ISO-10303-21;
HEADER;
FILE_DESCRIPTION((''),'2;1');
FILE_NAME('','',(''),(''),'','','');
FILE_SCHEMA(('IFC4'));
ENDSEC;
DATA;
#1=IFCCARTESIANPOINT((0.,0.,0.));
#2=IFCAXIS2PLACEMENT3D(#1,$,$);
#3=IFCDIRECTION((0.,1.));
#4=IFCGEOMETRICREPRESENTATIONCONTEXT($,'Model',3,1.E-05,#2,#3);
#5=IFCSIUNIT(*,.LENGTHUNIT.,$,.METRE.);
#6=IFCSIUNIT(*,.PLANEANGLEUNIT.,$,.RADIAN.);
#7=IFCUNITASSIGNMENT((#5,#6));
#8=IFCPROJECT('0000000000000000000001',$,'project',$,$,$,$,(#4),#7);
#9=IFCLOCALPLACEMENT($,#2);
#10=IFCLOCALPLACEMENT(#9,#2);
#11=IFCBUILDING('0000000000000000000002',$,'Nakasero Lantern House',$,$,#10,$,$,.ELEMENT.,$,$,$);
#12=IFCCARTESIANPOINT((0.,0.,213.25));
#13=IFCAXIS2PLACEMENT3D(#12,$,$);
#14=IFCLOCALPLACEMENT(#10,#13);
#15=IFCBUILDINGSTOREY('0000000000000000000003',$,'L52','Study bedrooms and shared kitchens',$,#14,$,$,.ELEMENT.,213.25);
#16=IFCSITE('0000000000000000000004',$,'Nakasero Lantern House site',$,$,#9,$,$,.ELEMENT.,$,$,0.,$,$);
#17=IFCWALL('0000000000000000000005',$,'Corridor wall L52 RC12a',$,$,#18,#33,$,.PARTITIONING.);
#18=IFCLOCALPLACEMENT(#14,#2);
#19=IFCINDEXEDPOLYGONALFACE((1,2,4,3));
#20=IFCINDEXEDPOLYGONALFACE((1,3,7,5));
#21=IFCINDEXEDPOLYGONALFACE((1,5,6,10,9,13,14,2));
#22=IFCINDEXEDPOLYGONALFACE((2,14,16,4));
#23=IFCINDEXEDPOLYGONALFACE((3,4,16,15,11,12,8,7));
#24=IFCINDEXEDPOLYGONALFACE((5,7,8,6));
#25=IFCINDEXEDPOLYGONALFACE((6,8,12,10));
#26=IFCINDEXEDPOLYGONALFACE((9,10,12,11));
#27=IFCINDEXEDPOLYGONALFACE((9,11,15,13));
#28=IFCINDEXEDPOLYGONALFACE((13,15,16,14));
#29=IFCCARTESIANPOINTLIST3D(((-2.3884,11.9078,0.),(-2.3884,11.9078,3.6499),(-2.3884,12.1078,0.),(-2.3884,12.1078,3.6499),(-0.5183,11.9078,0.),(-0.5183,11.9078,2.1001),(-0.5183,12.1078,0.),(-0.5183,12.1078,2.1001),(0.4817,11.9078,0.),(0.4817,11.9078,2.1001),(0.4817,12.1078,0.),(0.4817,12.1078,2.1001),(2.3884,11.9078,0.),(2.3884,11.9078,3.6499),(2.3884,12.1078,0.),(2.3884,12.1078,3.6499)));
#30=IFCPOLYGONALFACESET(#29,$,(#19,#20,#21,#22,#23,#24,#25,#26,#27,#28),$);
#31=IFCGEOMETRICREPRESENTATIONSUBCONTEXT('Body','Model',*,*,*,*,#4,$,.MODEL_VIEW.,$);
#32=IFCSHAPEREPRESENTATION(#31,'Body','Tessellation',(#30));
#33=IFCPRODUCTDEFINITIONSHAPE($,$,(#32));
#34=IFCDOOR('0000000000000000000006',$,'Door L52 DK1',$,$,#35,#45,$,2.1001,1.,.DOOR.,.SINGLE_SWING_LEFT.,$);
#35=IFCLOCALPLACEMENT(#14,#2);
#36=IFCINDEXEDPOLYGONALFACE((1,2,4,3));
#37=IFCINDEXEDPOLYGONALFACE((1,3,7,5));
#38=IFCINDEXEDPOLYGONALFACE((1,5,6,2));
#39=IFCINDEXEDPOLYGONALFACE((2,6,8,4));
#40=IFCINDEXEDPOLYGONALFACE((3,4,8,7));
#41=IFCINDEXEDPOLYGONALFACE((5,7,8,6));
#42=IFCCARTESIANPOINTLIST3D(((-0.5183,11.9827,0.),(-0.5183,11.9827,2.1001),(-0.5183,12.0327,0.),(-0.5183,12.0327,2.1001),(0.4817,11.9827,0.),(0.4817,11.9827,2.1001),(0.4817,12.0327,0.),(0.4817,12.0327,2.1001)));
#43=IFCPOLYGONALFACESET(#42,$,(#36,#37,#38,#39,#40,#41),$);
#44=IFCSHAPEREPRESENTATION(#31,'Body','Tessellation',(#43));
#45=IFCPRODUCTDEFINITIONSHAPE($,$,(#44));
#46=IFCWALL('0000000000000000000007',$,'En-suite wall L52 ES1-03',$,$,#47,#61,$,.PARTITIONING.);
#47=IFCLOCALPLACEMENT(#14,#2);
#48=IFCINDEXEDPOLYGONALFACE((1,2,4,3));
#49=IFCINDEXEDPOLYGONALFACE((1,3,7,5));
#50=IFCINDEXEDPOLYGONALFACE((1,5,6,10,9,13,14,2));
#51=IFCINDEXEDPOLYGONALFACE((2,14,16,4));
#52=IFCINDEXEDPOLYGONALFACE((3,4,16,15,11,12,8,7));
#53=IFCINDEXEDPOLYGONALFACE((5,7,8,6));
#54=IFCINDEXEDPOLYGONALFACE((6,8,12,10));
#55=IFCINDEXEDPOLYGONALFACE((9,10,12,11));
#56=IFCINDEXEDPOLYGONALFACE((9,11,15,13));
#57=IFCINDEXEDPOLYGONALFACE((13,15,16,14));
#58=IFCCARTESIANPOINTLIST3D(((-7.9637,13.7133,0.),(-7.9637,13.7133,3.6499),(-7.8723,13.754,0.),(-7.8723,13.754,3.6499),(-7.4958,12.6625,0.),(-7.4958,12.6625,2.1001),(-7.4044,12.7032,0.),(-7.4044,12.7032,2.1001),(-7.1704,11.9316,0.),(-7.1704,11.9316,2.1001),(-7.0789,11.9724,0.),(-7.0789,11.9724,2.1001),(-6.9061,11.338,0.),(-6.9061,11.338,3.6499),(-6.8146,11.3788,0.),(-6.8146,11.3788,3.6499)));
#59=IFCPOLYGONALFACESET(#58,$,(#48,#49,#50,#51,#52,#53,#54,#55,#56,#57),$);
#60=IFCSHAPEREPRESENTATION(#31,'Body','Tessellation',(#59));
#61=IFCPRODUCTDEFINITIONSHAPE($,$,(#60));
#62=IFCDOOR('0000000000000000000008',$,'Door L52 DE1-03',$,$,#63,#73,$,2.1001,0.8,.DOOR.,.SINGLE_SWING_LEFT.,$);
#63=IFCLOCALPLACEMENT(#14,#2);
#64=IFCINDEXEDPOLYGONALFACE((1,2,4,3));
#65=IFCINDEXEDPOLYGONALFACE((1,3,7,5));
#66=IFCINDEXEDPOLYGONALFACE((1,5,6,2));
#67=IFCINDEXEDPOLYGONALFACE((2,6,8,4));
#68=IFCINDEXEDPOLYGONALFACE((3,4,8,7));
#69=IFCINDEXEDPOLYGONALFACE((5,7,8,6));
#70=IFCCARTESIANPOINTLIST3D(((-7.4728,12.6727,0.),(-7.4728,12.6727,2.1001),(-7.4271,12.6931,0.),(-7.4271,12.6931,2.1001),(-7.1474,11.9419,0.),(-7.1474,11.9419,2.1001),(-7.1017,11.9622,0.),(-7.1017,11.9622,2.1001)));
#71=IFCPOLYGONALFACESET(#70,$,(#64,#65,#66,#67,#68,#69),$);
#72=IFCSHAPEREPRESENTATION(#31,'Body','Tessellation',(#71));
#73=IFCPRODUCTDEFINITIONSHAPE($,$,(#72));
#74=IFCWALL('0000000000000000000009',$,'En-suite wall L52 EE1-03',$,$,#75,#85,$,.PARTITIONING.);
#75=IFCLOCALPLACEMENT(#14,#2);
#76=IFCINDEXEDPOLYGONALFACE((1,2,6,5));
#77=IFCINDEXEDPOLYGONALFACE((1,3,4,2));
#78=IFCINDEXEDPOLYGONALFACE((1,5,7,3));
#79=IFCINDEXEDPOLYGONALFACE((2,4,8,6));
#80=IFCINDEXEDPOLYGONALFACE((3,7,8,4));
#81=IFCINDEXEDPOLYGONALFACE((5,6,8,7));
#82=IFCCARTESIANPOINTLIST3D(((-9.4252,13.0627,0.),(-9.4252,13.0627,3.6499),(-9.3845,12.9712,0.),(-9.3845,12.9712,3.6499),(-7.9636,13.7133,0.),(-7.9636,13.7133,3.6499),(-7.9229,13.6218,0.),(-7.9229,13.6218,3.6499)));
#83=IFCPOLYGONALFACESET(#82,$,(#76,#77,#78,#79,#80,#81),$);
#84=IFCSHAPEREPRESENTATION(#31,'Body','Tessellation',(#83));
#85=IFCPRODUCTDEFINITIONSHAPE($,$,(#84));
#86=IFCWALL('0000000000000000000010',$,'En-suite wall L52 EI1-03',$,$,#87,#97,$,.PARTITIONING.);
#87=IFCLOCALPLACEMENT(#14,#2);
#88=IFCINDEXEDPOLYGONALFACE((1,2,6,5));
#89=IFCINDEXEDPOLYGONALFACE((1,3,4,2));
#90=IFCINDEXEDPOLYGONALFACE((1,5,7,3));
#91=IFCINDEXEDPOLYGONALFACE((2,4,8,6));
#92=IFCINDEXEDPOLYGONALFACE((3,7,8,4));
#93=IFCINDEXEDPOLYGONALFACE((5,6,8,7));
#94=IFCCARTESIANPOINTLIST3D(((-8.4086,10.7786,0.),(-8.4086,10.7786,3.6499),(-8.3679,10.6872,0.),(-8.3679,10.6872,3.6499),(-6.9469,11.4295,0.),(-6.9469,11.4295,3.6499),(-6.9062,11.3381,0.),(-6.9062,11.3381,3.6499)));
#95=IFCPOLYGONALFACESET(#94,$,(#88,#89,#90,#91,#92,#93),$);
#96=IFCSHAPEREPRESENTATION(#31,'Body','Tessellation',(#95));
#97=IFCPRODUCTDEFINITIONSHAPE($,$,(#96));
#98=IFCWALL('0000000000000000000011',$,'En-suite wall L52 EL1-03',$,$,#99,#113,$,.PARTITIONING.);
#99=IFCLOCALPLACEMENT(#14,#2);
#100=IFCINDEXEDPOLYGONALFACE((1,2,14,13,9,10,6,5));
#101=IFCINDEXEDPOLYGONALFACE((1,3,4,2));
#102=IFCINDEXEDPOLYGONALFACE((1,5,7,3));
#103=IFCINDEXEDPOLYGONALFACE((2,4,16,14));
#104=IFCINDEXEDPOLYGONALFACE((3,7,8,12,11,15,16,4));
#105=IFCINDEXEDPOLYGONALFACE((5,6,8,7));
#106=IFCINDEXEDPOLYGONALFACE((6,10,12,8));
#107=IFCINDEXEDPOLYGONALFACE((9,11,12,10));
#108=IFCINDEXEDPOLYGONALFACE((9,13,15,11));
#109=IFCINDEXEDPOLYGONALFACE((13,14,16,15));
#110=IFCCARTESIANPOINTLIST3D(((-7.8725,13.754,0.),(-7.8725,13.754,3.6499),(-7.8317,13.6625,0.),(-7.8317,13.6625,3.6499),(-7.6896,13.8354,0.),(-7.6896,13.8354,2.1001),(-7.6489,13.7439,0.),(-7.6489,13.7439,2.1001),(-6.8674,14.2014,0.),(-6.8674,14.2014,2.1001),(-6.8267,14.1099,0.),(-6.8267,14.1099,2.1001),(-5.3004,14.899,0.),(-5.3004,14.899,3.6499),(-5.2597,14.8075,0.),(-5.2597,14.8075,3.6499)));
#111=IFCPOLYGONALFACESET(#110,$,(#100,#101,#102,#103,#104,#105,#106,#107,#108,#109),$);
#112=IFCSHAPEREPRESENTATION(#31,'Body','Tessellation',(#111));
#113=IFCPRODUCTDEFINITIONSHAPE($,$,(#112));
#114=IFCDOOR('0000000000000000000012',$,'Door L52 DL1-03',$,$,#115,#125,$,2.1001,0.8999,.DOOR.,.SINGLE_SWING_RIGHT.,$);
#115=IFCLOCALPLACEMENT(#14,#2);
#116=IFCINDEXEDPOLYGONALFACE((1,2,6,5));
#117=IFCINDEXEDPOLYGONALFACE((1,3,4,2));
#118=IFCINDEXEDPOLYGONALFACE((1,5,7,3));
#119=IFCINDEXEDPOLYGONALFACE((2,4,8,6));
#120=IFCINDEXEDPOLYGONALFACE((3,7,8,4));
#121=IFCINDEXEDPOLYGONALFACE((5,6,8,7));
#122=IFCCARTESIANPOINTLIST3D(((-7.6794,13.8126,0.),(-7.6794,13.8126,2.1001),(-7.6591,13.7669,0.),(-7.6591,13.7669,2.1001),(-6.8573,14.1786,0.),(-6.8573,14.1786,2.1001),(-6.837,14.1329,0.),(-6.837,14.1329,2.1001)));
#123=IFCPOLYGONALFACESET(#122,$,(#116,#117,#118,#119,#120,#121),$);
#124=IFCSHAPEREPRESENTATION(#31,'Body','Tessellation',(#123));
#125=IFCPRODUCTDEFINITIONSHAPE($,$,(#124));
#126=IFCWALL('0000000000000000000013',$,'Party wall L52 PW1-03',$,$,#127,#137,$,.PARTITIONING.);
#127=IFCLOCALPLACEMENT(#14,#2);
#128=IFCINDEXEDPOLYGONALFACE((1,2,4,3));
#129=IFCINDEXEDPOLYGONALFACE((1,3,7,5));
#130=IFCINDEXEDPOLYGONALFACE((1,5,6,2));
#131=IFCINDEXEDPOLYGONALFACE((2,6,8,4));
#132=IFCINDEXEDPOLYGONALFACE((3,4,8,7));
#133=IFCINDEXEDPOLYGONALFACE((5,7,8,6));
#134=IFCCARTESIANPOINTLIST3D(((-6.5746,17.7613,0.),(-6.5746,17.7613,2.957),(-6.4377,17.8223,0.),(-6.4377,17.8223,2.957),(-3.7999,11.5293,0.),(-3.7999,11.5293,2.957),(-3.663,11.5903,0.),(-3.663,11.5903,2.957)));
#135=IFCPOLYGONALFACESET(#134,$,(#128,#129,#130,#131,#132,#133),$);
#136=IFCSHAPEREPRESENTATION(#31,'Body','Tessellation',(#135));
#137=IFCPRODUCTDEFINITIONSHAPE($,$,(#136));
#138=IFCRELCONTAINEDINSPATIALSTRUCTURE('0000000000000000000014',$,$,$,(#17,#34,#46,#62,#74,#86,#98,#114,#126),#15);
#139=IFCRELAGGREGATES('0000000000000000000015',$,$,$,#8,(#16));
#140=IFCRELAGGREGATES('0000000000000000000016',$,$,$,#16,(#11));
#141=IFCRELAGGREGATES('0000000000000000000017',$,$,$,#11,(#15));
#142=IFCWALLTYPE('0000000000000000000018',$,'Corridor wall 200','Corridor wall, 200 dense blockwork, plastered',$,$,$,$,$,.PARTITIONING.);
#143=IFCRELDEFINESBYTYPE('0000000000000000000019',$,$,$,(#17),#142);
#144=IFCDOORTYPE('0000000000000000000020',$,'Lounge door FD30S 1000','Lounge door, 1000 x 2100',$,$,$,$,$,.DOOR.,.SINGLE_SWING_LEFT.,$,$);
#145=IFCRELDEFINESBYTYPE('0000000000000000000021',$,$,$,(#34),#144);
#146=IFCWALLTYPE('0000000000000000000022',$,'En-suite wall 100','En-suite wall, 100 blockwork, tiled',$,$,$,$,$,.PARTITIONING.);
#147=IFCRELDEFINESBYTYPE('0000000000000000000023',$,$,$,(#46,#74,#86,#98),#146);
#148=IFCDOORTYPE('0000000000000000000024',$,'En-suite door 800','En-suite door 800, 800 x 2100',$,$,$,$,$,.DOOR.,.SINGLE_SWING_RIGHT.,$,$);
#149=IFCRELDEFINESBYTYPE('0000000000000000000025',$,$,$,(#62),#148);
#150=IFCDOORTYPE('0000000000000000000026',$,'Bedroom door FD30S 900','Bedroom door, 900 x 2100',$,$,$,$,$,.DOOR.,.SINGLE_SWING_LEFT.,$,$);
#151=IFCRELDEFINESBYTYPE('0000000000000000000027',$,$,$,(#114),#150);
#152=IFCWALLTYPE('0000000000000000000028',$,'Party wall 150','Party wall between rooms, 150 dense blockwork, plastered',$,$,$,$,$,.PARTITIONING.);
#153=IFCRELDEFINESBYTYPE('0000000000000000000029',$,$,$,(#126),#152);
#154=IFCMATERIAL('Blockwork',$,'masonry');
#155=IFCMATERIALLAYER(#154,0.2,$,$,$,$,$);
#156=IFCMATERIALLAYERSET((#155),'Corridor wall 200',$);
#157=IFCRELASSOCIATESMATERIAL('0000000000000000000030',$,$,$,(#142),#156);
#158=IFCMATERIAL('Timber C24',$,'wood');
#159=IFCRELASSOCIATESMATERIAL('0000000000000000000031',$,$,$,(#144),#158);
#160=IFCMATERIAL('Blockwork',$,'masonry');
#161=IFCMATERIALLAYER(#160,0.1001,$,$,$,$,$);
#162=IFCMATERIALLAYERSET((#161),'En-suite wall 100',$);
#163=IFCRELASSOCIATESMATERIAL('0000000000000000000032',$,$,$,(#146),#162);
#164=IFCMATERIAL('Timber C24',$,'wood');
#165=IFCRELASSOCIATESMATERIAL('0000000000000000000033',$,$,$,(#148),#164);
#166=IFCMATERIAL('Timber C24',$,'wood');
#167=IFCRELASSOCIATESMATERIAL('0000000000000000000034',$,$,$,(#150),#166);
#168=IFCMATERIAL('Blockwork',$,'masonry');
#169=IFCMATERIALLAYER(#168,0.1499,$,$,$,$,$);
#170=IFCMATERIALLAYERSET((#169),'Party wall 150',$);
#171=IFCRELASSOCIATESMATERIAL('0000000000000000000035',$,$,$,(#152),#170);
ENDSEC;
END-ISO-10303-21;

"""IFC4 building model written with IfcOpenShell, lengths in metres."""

from ifc_helpers import new_model, si_unit, direction, frame, frame_2d, origin, place, context, subcontext, project, spatial, rectangle, extrude, material, layer, layer_set, type_object, element, fill, save


model = new_model("IFC4")

# Units and contexts
model_context = context("Model", 3, precision=1e-05, world=origin(), true_north=direction((0.0, 1.0)))
body_context = subcontext(model_context, "Body", "Model", "MODEL_VIEW")
ifc_project = project(units=[si_unit("LENGTHUNIT", "METRE"), si_unit("PLANEANGLEUNIT", "RADIAN")], contexts=[model_context])

# Site, building, storey
site_placement = place(None, origin())
site = spatial("IfcSite", under=ifc_project, at=site_placement, Name="Nakasero Lantern House site", CompositionType="ELEMENT", RefElevation=0.0)
building_placement = place(site_placement, origin())
building = spatial("IfcBuilding", under=site, at=building_placement, Name="Nakasero Lantern House", CompositionType="ELEMENT")
storey_placement = place(building_placement, frame((0.0, 0.0, 213.25)))
storey = spatial("IfcBuildingStorey", under=building, at=storey_placement, Name="L52", Description="Study bedrooms and shared kitchens", CompositionType="ELEMENT", Elevation=213.25)

# Walls, openings, doors
ifc_material_1 = material(Name="Blockwork", Category="masonry")
ifc_layer_1 = layer(ifc_material_1, 0.2)
ifc_layer_set_1 = layer_set([ifc_layer_1], Name="Corridor wall 200")
wall_type_1 = type_object("IfcWallType", Name="Corridor wall 200", Description="Corridor wall, 200 dense blockwork, plastered", PredefinedType="PARTITIONING", material=ifc_layer_set_1)
wall_1_placement = place(storey_placement, frame((-2.3884, 12.0078, 0.0), z_axis=(0.0, 0.0, 1.0), x_axis=(1.0, 0.0, 0.0)))
wall_1 = element("IfcWall", 1, at=wall_1_placement, inside=storey, type_object=wall_type_1, Name="Corridor wall L52 RC12a", PredefinedType="PARTITIONING", context=body_context, shape_type="SweptSolid", body=[
    extrude(rectangle(XDim=4.7769, YDim=0.2, at=frame_2d((2.3884, 0.0))), origin(), (0.0, 0.0, 1.0), 3.6499),
])
opening_1_placement = place(wall_1_placement, frame((1.8701, 0.0, 0.0)))
opening_1 = element("IfcOpeningElement", 2, at=opening_1_placement, cuts=wall_1, PredefinedType="OPENING", context=body_context, shape_type="SweptSolid", body=[
    extrude(rectangle(XDim=1.0, YDim=2.1001, at=frame_2d((0.5, 1.05))), frame((0.0, 0.1199, 0.0), z_axis=(0.0, -1.0, 0.0), x_axis=(1.0, 0.0, 0.0)), (0.0, 0.0, 1.0), 0.24),
])
ifc_material_2 = material(Name="Timber C24", Category="wood")
door_type_1 = type_object("IfcDoorType", Name="Lounge door FD30S 1000", Description="Lounge door, 1000 x 2100", OperationType="SINGLE_SWING_LEFT", PredefinedType="DOOR", material=ifc_material_2)
door_1_placement = place(opening_1_placement, origin())
door_1 = element("IfcDoor", 3, at=door_1_placement, inside=storey, type_object=door_type_1, Name="Door L52 DK1", OperationType="SINGLE_SWING_LEFT", OverallHeight=2.1001, OverallWidth=1.0, PredefinedType="DOOR", context=body_context, shape_type="SweptSolid", body=[
    extrude(rectangle(XDim=1.0, YDim=2.1001, at=frame_2d((0.5, 1.05))), frame((0.0, 0.0249, 0.0), z_axis=(0.0, -1.0, 0.0), x_axis=(1.0, 0.0, 0.0)), (0.0, 0.0, 1.0), 0.05),
])
fill(opening_1, door_1)
ifc_material_3 = material(Name="Blockwork", Category="masonry")
ifc_layer_2 = layer(ifc_material_3, 0.1001)
ifc_layer_set_2 = layer_set([ifc_layer_2], Name="En-suite wall 100")
wall_type_2 = type_object("IfcWallType", Name="En-suite wall 100", Description="En-suite wall, 100 blockwork, tiled", PredefinedType="PARTITIONING", material=ifc_layer_set_2)
wall_2_placement = place(storey_placement, frame((-6.8604, 11.3584, 0.0), z_axis=(0.0, 0.0, 1.0), x_axis=(-0.406766, 0.913533, 0.0)))
wall_2 = element("IfcWall", 4, at=wall_2_placement, inside=storey, type_object=wall_type_2, Name="En-suite wall L52 ES1-03", PredefinedType="PARTITIONING", context=body_context, shape_type="SweptSolid", body=[
    extrude(rectangle(XDim=2.6001, YDim=0.1001, at=frame_2d((1.3, 0.0))), origin(), (0.0, 0.0, 1.0), 3.6499),
])
opening_2_placement = place(wall_2_placement, frame((0.6499, 0.0, 0.0)))
opening_2 = element("IfcOpeningElement", 5, at=opening_2_placement, cuts=wall_2, PredefinedType="OPENING", context=body_context, shape_type="SweptSolid", body=[
    extrude(rectangle(XDim=0.8, YDim=2.1001, at=frame_2d((0.3999, 1.05))), frame((0.0, 0.0701, 0.0), z_axis=(0.0, -1.0, 0.0), x_axis=(1.0, 0.0, 0.0)), (0.0, 0.0, 1.0), 0.1401),
])
ifc_material_4 = material(Name="Timber C24", Category="wood")
door_type_2 = type_object("IfcDoorType", Name="En-suite door 800", Description="En-suite door 800, 800 x 2100", OperationType="SINGLE_SWING_RIGHT", PredefinedType="DOOR", material=ifc_material_4)
door_2_placement = place(opening_2_placement, origin())
door_2 = element("IfcDoor", 6, at=door_2_placement, inside=storey, type_object=door_type_2, Name="Door L52 DE1-03", OperationType="SINGLE_SWING_LEFT", OverallHeight=2.1001, OverallWidth=0.8, PredefinedType="DOOR", context=body_context, shape_type="SweptSolid", body=[
    extrude(rectangle(XDim=0.8, YDim=2.1001, at=frame_2d((0.3999, 1.05))), frame((0.0, 0.0249, 0.0), z_axis=(0.0, -1.0, 0.0), x_axis=(1.0, 0.0, 0.0)), (0.0, 0.0, 1.0), 0.05),
])
fill(opening_2, door_2)

# Walls
wall_3_placement = place(storey_placement, frame((-7.9434, 13.6675, 0.0), z_axis=(0.0, 0.0, 1.0), x_axis=(-0.913579, -0.406662, 0.0)))
element("IfcWall", 7, at=wall_3_placement, inside=storey, type_object=wall_type_2, Name="En-suite wall L52 EE1-03", PredefinedType="PARTITIONING", context=body_context, shape_type="SweptSolid", body=[
    extrude(rectangle(XDim=1.5999, YDim=0.1001, at=frame_2d((0.7998, 0.0))), origin(), (0.0, 0.0, 1.0), 3.6499),
])
wall_4_placement = place(storey_placement, frame((-6.9265, 11.3838, 0.0), z_axis=(0.0, 0.0, 1.0), x_axis=(-0.913522, -0.40679, 0.0)))
element("IfcWall", 8, at=wall_4_placement, inside=storey, type_object=wall_type_2, Name="En-suite wall L52 EI1-03", PredefinedType="PARTITIONING", context=body_context, shape_type="SweptSolid", body=[
    extrude(rectangle(XDim=1.6001, YDim=0.1001, at=frame_2d((0.8, 0.0))), origin(), (0.0, 0.0, 1.0), 3.6499),
])

# Wall, opening, door
wall_5_placement = place(storey_placement, frame((-5.28, 14.8533, 0.0), z_axis=(0.0, 0.0, 1.0), x_axis=(-0.913561, -0.406702, 0.0)))
wall_5 = element("IfcWall", 9, at=wall_5_placement, inside=storey, type_object=wall_type_2, Name="En-suite wall L52 EL1-03", PredefinedType="PARTITIONING", context=body_context, shape_type="SweptSolid", body=[
    extrude(rectangle(XDim=2.8154, YDim=0.1001, at=frame_2d((1.4077, 0.0))), origin(), (0.0, 0.0, 1.0), 3.6499),
])
opening_3_placement = place(wall_5_placement, frame((1.7153, 0.0, 0.0)))
opening_3 = element("IfcOpeningElement", 10, at=opening_3_placement, cuts=wall_5, PredefinedType="OPENING", context=body_context, shape_type="SweptSolid", body=[
    extrude(rectangle(XDim=0.8999, YDim=2.1001, at=frame_2d((0.45, 1.05))), frame((0.0, 0.0701, 0.0), z_axis=(0.0, -1.0, 0.0), x_axis=(1.0, 0.0, 0.0)), (0.0, 0.0, 1.0), 0.1401),
])
ifc_material_5 = material(Name="Timber C24", Category="wood")
door_type_3 = type_object("IfcDoorType", Name="Bedroom door FD30S 900", Description="Bedroom door, 900 x 2100", OperationType="SINGLE_SWING_LEFT", PredefinedType="DOOR", material=ifc_material_5)
door_3_placement = place(opening_3_placement, origin())
door_3 = element("IfcDoor", 11, at=door_3_placement, inside=storey, type_object=door_type_3, Name="Door L52 DL1-03", OperationType="SINGLE_SWING_RIGHT", OverallHeight=2.1001, OverallWidth=0.8999, PredefinedType="DOOR", context=body_context, shape_type="SweptSolid", body=[
    extrude(rectangle(XDim=0.8999, YDim=2.1001, at=frame_2d((0.45, 1.05))), frame((0.0, 0.0249, 0.0), z_axis=(0.0, -1.0, 0.0), x_axis=(1.0, 0.0, 0.0)), (0.0, 0.0, 1.0), 0.05),
])
fill(opening_3, door_3)

# Wall
ifc_material_6 = material(Name="Blockwork", Category="masonry")
ifc_layer_3 = layer(ifc_material_6, 0.1499)
ifc_layer_set_3 = layer_set([ifc_layer_3], Name="Party wall 150")
wall_type_3 = type_object("IfcWallType", Name="Party wall 150", Description="Party wall between rooms, 150 dense blockwork, plastered", PredefinedType="PARTITIONING", material=ifc_layer_set_3)
wall_6_placement = place(storey_placement, frame((-3.7314, 11.5598, 0.0), z_axis=(0.0, 0.0, 1.0), x_axis=(-0.406739, 0.913544, 0.0)))
element("IfcWall", 12, at=wall_6_placement, inside=storey, type_object=wall_type_3, Name="Party wall L52 PW1-03", PredefinedType="PARTITIONING", context=body_context, shape_type="SweptSolid", body=[
    extrude(rectangle(XDim=6.8218, YDim=0.1499, at=frame_2d((3.4109, 0.0))), origin(), (0.0, 0.0, 1.0), 2.957),
])

save(model, "model.ifc")
